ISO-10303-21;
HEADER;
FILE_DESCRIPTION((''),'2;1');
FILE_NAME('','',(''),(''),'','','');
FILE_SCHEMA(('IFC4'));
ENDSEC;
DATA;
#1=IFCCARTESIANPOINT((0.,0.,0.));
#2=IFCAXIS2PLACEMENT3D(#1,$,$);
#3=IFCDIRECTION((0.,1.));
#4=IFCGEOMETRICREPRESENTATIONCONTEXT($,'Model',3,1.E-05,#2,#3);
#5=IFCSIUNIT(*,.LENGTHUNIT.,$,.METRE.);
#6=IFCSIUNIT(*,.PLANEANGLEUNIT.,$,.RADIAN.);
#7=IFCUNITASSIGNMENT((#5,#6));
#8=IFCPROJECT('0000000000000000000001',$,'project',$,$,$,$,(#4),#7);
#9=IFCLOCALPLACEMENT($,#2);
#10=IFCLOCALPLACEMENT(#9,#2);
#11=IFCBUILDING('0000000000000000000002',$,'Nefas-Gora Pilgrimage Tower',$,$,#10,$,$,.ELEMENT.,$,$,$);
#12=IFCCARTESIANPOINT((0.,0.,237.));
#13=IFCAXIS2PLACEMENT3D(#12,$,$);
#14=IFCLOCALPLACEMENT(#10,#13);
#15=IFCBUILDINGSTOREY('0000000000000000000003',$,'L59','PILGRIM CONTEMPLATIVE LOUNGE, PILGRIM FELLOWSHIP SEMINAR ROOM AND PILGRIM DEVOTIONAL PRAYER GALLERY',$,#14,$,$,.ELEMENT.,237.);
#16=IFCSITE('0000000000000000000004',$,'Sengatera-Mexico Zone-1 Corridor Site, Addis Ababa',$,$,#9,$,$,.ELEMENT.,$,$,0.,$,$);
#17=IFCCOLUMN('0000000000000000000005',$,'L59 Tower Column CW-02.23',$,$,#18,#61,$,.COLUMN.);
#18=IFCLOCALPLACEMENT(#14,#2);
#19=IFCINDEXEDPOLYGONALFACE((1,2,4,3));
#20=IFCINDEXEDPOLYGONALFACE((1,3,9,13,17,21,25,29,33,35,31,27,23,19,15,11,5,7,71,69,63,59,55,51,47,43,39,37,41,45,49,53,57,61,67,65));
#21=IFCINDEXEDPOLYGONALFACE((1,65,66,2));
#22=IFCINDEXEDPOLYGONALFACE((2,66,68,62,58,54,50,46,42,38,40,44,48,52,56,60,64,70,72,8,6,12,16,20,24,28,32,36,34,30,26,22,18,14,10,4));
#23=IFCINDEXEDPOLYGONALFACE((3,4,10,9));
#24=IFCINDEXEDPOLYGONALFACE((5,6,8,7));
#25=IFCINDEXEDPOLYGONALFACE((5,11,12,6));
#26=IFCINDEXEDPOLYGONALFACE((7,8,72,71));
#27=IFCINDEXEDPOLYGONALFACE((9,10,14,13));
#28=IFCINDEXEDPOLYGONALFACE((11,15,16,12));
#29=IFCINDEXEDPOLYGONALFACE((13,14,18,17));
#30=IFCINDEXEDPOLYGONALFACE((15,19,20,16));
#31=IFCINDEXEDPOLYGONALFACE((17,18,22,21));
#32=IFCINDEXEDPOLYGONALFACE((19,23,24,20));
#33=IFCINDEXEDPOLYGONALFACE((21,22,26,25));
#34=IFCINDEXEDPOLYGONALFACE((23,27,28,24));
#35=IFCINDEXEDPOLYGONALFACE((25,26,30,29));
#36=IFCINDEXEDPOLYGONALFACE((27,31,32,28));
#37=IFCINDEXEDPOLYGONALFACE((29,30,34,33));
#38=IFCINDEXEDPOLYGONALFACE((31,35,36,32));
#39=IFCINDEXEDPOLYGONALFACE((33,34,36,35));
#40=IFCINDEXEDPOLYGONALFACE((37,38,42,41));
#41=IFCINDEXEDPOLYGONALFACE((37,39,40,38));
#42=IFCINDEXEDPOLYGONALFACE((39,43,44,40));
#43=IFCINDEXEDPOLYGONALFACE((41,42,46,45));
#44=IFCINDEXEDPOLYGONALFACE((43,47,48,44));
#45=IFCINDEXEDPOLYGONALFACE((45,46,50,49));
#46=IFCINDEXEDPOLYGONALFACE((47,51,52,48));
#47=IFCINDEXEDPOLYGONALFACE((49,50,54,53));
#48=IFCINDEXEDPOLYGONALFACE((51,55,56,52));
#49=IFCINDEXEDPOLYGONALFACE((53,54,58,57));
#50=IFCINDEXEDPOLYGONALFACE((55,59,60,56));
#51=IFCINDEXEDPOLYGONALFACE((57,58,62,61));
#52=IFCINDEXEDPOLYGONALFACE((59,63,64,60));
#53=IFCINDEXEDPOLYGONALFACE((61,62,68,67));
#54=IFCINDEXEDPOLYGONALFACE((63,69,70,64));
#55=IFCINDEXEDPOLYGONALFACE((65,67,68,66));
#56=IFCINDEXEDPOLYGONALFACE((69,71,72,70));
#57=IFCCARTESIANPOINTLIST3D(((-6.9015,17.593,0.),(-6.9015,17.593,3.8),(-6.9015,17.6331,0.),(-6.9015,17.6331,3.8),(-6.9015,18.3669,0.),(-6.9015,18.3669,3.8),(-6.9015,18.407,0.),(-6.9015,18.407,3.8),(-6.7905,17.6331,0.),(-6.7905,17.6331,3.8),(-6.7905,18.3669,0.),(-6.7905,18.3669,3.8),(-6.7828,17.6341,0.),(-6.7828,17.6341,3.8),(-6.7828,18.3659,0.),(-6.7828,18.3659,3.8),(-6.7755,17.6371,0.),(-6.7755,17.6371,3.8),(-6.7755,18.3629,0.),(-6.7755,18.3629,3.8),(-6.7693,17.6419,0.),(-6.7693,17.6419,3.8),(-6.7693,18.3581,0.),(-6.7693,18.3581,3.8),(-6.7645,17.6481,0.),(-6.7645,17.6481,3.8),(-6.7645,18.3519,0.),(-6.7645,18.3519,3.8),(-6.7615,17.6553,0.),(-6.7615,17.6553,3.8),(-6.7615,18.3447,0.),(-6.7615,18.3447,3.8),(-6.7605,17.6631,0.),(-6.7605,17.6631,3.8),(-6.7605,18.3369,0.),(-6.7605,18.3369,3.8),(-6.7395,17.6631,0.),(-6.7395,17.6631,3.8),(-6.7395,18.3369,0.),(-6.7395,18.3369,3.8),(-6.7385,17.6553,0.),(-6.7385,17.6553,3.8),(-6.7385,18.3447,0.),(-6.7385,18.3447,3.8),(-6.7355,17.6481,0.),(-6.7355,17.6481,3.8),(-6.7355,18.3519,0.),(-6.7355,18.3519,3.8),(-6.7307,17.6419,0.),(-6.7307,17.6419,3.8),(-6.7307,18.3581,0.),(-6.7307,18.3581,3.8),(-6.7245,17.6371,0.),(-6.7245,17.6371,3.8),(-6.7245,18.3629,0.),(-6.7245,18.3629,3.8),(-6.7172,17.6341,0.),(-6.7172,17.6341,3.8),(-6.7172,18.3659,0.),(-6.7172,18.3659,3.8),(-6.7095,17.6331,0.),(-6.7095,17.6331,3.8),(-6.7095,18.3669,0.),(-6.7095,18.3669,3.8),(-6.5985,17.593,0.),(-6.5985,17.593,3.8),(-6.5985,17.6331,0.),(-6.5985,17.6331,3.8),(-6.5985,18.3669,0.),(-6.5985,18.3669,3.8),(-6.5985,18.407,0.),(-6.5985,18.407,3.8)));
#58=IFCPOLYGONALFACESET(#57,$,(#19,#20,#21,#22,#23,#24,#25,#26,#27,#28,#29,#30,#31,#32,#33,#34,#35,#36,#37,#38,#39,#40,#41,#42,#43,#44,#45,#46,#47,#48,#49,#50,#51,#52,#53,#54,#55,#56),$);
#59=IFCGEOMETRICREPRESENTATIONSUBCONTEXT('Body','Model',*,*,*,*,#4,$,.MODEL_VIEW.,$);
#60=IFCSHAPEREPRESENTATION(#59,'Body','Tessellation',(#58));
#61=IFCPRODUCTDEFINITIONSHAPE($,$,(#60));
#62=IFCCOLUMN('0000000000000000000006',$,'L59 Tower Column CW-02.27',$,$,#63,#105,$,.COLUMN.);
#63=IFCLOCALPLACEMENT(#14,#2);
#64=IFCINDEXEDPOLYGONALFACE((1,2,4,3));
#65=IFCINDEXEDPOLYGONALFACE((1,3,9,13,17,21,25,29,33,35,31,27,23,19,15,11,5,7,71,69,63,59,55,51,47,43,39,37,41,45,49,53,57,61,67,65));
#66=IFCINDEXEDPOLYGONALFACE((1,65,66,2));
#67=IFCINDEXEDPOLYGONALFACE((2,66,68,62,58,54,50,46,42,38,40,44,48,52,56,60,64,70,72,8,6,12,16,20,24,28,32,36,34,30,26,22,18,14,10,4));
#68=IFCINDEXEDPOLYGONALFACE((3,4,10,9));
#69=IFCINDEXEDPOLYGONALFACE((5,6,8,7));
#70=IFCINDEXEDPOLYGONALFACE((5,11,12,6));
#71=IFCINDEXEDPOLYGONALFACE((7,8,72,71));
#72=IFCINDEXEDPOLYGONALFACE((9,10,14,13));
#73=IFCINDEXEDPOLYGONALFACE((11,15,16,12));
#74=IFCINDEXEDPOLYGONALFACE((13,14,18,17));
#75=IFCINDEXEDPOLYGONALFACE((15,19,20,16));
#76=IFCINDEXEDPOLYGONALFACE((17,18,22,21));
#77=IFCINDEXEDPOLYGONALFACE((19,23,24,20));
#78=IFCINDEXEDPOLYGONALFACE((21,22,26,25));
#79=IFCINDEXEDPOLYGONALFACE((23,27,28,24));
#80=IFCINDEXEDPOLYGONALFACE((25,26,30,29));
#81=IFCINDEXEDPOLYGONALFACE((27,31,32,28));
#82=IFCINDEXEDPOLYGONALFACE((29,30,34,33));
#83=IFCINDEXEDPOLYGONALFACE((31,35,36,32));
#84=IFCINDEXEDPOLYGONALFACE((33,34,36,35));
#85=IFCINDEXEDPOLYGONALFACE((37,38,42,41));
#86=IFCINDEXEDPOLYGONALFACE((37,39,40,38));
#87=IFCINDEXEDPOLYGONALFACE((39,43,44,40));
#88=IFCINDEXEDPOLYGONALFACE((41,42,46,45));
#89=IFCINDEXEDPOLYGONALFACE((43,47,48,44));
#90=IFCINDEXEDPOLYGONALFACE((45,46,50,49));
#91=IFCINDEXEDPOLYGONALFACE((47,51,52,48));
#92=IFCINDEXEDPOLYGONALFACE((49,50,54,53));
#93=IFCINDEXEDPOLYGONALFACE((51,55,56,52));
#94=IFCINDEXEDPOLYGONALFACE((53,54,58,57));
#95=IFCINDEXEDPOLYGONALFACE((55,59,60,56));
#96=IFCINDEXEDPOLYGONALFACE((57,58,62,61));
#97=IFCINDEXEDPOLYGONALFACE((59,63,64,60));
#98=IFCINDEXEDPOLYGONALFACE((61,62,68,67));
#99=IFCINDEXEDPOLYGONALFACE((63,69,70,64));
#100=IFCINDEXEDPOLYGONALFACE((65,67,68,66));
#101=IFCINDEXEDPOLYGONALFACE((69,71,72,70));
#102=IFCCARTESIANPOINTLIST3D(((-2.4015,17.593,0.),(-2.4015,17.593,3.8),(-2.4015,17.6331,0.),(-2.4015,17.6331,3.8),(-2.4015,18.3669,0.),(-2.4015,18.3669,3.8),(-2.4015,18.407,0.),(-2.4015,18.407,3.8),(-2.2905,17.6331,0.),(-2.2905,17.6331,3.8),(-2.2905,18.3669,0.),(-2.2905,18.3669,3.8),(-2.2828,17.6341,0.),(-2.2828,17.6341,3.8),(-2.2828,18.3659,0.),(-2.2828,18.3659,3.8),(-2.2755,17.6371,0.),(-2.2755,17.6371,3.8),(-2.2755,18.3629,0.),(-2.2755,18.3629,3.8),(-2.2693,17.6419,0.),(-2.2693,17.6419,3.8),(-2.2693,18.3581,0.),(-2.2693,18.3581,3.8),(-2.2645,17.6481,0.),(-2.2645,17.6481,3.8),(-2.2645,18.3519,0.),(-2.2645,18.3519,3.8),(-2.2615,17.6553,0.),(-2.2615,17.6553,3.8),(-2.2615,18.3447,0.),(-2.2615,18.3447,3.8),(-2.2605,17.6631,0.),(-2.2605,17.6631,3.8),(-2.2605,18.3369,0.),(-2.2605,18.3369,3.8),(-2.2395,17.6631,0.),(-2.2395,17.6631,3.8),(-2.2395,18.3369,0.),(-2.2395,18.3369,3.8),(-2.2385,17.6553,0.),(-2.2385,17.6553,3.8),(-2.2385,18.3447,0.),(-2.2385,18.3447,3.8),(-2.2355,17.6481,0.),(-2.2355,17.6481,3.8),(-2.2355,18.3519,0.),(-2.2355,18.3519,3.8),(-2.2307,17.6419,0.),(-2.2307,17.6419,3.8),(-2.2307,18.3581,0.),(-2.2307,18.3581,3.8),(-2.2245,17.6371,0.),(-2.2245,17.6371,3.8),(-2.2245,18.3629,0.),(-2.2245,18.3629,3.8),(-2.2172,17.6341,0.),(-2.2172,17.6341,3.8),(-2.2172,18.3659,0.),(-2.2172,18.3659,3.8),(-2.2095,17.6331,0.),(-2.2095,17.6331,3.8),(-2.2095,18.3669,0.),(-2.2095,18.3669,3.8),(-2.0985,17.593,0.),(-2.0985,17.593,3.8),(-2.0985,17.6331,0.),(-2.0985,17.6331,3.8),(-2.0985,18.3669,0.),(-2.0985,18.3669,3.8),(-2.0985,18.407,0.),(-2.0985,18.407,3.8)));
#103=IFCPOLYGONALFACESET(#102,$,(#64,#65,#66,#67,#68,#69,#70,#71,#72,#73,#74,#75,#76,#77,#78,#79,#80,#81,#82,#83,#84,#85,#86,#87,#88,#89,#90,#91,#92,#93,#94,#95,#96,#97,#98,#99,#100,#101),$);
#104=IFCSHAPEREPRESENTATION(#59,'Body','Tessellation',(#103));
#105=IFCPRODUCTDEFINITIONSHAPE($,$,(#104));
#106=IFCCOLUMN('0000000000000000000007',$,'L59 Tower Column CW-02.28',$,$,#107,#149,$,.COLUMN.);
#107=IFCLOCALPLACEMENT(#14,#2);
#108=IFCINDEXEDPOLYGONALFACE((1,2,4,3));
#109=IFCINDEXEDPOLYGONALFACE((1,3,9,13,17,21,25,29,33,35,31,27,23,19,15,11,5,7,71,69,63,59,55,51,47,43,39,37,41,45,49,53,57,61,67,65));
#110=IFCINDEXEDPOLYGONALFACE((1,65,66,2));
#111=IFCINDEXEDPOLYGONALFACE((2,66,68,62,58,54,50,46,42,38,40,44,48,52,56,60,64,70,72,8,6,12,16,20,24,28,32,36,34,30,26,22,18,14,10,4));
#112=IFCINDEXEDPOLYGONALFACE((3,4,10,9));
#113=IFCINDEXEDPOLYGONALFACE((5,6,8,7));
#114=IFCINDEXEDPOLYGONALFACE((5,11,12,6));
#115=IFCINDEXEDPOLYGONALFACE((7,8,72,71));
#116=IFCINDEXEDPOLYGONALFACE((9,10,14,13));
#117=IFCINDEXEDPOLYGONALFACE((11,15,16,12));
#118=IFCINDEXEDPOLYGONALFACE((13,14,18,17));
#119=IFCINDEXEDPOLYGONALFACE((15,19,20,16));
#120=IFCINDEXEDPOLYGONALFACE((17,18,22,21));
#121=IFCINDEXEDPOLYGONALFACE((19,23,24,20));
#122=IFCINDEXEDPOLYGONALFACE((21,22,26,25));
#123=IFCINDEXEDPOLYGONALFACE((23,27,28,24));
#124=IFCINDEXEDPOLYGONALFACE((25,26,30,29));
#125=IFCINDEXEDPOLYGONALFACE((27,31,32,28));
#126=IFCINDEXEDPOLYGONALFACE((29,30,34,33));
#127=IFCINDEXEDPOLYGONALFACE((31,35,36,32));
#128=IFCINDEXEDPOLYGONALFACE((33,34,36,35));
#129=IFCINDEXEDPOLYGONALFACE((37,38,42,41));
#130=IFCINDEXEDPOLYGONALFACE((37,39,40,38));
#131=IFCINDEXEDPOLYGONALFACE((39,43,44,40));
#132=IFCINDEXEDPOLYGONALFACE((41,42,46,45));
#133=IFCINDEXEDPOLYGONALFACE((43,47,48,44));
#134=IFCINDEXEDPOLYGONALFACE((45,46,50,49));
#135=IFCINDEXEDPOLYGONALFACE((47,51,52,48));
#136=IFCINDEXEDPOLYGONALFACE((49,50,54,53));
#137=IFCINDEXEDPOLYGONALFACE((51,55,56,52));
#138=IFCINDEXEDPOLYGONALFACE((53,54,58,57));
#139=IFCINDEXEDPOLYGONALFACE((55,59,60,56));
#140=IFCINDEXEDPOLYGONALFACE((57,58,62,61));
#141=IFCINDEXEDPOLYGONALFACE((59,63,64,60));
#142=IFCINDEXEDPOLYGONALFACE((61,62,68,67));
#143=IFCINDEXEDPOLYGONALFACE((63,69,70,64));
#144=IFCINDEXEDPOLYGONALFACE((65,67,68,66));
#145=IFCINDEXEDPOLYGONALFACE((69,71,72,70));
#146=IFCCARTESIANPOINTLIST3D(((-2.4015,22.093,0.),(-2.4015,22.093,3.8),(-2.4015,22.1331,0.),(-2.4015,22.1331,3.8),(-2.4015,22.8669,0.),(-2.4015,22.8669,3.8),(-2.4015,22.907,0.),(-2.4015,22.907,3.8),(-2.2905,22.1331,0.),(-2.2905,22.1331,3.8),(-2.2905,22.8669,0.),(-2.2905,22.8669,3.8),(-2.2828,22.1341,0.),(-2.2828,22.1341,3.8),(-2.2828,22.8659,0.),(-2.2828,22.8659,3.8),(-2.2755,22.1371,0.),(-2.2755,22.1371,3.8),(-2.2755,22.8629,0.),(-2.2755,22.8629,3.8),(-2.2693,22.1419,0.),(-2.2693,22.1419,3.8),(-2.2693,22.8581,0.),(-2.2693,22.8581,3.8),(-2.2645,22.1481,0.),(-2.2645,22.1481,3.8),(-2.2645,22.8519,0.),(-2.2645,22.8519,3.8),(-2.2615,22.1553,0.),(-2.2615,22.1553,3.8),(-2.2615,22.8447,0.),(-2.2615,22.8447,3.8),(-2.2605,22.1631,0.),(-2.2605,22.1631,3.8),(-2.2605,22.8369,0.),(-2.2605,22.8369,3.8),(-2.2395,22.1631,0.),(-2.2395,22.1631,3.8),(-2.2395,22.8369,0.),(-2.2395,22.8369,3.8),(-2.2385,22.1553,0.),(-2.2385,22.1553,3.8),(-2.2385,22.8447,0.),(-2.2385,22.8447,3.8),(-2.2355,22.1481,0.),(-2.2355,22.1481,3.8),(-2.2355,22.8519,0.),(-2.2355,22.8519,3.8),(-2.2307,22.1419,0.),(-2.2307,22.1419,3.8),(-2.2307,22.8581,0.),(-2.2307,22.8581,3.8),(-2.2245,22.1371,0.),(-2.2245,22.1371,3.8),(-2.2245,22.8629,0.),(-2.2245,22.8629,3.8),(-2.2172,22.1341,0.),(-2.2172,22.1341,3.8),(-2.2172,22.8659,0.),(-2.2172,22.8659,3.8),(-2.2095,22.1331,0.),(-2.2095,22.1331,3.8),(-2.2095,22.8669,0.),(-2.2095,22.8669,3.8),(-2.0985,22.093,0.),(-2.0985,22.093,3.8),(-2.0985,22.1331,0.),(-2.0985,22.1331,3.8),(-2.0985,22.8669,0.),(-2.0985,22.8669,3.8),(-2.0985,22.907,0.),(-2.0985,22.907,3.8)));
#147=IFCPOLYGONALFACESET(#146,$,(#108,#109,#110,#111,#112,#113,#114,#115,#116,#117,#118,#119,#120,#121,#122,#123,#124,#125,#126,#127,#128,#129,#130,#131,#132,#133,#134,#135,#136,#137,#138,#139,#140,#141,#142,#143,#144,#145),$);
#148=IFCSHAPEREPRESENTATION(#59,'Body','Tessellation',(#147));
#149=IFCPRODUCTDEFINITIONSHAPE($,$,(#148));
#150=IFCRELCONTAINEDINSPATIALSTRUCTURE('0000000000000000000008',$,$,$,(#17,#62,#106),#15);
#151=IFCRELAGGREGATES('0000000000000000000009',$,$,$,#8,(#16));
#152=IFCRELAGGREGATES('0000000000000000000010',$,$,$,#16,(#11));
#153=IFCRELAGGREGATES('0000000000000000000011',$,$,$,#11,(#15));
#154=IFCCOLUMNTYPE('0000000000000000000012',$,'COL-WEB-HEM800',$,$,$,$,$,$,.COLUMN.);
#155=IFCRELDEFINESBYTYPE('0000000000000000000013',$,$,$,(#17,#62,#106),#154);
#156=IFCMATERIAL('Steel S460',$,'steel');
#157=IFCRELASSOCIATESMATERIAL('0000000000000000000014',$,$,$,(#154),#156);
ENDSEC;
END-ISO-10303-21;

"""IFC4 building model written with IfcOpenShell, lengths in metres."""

from ifc_helpers import new_model, si_unit, direction, frame, origin, origin_2d, place, context, subcontext, project, spatial, i_section, extrude, source, transform, mapped, material, material_profile, profile_set, type_object, element, save


model = new_model("IFC4")

# Units and contexts
model_context = context("Model", 3, precision=1e-05, world=origin(), true_north=direction((0.0, 1.0)))
body_context = subcontext(model_context, "Body", "Model", "MODEL_VIEW")
ifc_project = project(units=[si_unit("LENGTHUNIT", "METRE"), si_unit("PLANEANGLEUNIT", "RADIAN")], contexts=[model_context])

# Site, building, storey
site_placement = place(None, origin())
site = spatial("IfcSite", under=ifc_project, at=site_placement, Name="Sengatera-Mexico Zone-1 Corridor Site, Addis Ababa", CompositionType="ELEMENT", RefElevation=0.0)
building_placement = place(site_placement, origin())
building = spatial("IfcBuilding", under=site, at=building_placement, Name="Nefas-Gora Pilgrimage Tower", CompositionType="ELEMENT")
storey_placement = place(building_placement, frame((0.0, 0.0, 237.0)))
storey = spatial("IfcBuildingStorey", under=building, at=storey_placement, Name="L59", Description="PILGRIM CONTEMPLATIVE LOUNGE, PILGRIM FELLOWSHIP SEMINAR ROOM AND PILGRIM DEVOTIONAL PRAYER GALLERY", CompositionType="ELEMENT", Elevation=237.0)

# Columns
ifc_material_1 = material(Name="Steel S460", Category="steel")
ifc_material_profile_1 = material_profile(ifc_material_1, i_section(OverallWidth=0.303, OverallDepth=0.814, WebThickness=0.021, FlangeThickness=0.04, FilletRadius=0.03, at=origin_2d()), Name="HEM 800")
ifc_profile_set_1 = profile_set([ifc_material_profile_1], Name="Steel S460")
column_type_1 = type_object("IfcColumnType", Name="COL-WEB-HEM800", PredefinedType="COLUMN", material=ifc_profile_set_1)
shared_shape_1 = source(origin(), body_context, "Body", "SweptSolid", [
    extrude(i_section(OverallWidth=0.303, OverallDepth=0.814, WebThickness=0.021, FlangeThickness=0.04, FilletRadius=0.03, at=origin_2d()), origin(), (0.0, 0.0, 1.0), 3.8),
])
for number, where, z_axis, x_axis, name in (
    (1, (-6.75, 18.0, 0.0), (0.0, 0.0, 1.0), (1.0, 0.0, 0.0), "L59 Tower Column CW-02.23"),
    (2, (-2.25, 18.0, 0.0), (0.0, 0.0, 1.0), (1.0, 0.0, 0.0), "L59 Tower Column CW-02.27"),
    (3, (-2.25, 22.5, 0.0), (0.0, 0.0, 1.0), (1.0, 0.0, 0.0), "L59 Tower Column CW-02.28"),
):
    element("IfcColumn", number, at=place(storey_placement, frame(where, z_axis=z_axis, x_axis=x_axis)), inside=storey, type_object=column_type_1, Name=name, PredefinedType="COLUMN", context=body_context, shape_type="MappedRepresentation", body=[
        mapped(shared_shape_1, transform((0.0, 0.0, 0.0), x_axis=(1.0, 0.0, 0.0), y_axis=(0.0, 1.0, 0.0), z_axis=(0.0, 0.0, 1.0), scale=1.0)),
    ])

save(model, "model.ifc")
